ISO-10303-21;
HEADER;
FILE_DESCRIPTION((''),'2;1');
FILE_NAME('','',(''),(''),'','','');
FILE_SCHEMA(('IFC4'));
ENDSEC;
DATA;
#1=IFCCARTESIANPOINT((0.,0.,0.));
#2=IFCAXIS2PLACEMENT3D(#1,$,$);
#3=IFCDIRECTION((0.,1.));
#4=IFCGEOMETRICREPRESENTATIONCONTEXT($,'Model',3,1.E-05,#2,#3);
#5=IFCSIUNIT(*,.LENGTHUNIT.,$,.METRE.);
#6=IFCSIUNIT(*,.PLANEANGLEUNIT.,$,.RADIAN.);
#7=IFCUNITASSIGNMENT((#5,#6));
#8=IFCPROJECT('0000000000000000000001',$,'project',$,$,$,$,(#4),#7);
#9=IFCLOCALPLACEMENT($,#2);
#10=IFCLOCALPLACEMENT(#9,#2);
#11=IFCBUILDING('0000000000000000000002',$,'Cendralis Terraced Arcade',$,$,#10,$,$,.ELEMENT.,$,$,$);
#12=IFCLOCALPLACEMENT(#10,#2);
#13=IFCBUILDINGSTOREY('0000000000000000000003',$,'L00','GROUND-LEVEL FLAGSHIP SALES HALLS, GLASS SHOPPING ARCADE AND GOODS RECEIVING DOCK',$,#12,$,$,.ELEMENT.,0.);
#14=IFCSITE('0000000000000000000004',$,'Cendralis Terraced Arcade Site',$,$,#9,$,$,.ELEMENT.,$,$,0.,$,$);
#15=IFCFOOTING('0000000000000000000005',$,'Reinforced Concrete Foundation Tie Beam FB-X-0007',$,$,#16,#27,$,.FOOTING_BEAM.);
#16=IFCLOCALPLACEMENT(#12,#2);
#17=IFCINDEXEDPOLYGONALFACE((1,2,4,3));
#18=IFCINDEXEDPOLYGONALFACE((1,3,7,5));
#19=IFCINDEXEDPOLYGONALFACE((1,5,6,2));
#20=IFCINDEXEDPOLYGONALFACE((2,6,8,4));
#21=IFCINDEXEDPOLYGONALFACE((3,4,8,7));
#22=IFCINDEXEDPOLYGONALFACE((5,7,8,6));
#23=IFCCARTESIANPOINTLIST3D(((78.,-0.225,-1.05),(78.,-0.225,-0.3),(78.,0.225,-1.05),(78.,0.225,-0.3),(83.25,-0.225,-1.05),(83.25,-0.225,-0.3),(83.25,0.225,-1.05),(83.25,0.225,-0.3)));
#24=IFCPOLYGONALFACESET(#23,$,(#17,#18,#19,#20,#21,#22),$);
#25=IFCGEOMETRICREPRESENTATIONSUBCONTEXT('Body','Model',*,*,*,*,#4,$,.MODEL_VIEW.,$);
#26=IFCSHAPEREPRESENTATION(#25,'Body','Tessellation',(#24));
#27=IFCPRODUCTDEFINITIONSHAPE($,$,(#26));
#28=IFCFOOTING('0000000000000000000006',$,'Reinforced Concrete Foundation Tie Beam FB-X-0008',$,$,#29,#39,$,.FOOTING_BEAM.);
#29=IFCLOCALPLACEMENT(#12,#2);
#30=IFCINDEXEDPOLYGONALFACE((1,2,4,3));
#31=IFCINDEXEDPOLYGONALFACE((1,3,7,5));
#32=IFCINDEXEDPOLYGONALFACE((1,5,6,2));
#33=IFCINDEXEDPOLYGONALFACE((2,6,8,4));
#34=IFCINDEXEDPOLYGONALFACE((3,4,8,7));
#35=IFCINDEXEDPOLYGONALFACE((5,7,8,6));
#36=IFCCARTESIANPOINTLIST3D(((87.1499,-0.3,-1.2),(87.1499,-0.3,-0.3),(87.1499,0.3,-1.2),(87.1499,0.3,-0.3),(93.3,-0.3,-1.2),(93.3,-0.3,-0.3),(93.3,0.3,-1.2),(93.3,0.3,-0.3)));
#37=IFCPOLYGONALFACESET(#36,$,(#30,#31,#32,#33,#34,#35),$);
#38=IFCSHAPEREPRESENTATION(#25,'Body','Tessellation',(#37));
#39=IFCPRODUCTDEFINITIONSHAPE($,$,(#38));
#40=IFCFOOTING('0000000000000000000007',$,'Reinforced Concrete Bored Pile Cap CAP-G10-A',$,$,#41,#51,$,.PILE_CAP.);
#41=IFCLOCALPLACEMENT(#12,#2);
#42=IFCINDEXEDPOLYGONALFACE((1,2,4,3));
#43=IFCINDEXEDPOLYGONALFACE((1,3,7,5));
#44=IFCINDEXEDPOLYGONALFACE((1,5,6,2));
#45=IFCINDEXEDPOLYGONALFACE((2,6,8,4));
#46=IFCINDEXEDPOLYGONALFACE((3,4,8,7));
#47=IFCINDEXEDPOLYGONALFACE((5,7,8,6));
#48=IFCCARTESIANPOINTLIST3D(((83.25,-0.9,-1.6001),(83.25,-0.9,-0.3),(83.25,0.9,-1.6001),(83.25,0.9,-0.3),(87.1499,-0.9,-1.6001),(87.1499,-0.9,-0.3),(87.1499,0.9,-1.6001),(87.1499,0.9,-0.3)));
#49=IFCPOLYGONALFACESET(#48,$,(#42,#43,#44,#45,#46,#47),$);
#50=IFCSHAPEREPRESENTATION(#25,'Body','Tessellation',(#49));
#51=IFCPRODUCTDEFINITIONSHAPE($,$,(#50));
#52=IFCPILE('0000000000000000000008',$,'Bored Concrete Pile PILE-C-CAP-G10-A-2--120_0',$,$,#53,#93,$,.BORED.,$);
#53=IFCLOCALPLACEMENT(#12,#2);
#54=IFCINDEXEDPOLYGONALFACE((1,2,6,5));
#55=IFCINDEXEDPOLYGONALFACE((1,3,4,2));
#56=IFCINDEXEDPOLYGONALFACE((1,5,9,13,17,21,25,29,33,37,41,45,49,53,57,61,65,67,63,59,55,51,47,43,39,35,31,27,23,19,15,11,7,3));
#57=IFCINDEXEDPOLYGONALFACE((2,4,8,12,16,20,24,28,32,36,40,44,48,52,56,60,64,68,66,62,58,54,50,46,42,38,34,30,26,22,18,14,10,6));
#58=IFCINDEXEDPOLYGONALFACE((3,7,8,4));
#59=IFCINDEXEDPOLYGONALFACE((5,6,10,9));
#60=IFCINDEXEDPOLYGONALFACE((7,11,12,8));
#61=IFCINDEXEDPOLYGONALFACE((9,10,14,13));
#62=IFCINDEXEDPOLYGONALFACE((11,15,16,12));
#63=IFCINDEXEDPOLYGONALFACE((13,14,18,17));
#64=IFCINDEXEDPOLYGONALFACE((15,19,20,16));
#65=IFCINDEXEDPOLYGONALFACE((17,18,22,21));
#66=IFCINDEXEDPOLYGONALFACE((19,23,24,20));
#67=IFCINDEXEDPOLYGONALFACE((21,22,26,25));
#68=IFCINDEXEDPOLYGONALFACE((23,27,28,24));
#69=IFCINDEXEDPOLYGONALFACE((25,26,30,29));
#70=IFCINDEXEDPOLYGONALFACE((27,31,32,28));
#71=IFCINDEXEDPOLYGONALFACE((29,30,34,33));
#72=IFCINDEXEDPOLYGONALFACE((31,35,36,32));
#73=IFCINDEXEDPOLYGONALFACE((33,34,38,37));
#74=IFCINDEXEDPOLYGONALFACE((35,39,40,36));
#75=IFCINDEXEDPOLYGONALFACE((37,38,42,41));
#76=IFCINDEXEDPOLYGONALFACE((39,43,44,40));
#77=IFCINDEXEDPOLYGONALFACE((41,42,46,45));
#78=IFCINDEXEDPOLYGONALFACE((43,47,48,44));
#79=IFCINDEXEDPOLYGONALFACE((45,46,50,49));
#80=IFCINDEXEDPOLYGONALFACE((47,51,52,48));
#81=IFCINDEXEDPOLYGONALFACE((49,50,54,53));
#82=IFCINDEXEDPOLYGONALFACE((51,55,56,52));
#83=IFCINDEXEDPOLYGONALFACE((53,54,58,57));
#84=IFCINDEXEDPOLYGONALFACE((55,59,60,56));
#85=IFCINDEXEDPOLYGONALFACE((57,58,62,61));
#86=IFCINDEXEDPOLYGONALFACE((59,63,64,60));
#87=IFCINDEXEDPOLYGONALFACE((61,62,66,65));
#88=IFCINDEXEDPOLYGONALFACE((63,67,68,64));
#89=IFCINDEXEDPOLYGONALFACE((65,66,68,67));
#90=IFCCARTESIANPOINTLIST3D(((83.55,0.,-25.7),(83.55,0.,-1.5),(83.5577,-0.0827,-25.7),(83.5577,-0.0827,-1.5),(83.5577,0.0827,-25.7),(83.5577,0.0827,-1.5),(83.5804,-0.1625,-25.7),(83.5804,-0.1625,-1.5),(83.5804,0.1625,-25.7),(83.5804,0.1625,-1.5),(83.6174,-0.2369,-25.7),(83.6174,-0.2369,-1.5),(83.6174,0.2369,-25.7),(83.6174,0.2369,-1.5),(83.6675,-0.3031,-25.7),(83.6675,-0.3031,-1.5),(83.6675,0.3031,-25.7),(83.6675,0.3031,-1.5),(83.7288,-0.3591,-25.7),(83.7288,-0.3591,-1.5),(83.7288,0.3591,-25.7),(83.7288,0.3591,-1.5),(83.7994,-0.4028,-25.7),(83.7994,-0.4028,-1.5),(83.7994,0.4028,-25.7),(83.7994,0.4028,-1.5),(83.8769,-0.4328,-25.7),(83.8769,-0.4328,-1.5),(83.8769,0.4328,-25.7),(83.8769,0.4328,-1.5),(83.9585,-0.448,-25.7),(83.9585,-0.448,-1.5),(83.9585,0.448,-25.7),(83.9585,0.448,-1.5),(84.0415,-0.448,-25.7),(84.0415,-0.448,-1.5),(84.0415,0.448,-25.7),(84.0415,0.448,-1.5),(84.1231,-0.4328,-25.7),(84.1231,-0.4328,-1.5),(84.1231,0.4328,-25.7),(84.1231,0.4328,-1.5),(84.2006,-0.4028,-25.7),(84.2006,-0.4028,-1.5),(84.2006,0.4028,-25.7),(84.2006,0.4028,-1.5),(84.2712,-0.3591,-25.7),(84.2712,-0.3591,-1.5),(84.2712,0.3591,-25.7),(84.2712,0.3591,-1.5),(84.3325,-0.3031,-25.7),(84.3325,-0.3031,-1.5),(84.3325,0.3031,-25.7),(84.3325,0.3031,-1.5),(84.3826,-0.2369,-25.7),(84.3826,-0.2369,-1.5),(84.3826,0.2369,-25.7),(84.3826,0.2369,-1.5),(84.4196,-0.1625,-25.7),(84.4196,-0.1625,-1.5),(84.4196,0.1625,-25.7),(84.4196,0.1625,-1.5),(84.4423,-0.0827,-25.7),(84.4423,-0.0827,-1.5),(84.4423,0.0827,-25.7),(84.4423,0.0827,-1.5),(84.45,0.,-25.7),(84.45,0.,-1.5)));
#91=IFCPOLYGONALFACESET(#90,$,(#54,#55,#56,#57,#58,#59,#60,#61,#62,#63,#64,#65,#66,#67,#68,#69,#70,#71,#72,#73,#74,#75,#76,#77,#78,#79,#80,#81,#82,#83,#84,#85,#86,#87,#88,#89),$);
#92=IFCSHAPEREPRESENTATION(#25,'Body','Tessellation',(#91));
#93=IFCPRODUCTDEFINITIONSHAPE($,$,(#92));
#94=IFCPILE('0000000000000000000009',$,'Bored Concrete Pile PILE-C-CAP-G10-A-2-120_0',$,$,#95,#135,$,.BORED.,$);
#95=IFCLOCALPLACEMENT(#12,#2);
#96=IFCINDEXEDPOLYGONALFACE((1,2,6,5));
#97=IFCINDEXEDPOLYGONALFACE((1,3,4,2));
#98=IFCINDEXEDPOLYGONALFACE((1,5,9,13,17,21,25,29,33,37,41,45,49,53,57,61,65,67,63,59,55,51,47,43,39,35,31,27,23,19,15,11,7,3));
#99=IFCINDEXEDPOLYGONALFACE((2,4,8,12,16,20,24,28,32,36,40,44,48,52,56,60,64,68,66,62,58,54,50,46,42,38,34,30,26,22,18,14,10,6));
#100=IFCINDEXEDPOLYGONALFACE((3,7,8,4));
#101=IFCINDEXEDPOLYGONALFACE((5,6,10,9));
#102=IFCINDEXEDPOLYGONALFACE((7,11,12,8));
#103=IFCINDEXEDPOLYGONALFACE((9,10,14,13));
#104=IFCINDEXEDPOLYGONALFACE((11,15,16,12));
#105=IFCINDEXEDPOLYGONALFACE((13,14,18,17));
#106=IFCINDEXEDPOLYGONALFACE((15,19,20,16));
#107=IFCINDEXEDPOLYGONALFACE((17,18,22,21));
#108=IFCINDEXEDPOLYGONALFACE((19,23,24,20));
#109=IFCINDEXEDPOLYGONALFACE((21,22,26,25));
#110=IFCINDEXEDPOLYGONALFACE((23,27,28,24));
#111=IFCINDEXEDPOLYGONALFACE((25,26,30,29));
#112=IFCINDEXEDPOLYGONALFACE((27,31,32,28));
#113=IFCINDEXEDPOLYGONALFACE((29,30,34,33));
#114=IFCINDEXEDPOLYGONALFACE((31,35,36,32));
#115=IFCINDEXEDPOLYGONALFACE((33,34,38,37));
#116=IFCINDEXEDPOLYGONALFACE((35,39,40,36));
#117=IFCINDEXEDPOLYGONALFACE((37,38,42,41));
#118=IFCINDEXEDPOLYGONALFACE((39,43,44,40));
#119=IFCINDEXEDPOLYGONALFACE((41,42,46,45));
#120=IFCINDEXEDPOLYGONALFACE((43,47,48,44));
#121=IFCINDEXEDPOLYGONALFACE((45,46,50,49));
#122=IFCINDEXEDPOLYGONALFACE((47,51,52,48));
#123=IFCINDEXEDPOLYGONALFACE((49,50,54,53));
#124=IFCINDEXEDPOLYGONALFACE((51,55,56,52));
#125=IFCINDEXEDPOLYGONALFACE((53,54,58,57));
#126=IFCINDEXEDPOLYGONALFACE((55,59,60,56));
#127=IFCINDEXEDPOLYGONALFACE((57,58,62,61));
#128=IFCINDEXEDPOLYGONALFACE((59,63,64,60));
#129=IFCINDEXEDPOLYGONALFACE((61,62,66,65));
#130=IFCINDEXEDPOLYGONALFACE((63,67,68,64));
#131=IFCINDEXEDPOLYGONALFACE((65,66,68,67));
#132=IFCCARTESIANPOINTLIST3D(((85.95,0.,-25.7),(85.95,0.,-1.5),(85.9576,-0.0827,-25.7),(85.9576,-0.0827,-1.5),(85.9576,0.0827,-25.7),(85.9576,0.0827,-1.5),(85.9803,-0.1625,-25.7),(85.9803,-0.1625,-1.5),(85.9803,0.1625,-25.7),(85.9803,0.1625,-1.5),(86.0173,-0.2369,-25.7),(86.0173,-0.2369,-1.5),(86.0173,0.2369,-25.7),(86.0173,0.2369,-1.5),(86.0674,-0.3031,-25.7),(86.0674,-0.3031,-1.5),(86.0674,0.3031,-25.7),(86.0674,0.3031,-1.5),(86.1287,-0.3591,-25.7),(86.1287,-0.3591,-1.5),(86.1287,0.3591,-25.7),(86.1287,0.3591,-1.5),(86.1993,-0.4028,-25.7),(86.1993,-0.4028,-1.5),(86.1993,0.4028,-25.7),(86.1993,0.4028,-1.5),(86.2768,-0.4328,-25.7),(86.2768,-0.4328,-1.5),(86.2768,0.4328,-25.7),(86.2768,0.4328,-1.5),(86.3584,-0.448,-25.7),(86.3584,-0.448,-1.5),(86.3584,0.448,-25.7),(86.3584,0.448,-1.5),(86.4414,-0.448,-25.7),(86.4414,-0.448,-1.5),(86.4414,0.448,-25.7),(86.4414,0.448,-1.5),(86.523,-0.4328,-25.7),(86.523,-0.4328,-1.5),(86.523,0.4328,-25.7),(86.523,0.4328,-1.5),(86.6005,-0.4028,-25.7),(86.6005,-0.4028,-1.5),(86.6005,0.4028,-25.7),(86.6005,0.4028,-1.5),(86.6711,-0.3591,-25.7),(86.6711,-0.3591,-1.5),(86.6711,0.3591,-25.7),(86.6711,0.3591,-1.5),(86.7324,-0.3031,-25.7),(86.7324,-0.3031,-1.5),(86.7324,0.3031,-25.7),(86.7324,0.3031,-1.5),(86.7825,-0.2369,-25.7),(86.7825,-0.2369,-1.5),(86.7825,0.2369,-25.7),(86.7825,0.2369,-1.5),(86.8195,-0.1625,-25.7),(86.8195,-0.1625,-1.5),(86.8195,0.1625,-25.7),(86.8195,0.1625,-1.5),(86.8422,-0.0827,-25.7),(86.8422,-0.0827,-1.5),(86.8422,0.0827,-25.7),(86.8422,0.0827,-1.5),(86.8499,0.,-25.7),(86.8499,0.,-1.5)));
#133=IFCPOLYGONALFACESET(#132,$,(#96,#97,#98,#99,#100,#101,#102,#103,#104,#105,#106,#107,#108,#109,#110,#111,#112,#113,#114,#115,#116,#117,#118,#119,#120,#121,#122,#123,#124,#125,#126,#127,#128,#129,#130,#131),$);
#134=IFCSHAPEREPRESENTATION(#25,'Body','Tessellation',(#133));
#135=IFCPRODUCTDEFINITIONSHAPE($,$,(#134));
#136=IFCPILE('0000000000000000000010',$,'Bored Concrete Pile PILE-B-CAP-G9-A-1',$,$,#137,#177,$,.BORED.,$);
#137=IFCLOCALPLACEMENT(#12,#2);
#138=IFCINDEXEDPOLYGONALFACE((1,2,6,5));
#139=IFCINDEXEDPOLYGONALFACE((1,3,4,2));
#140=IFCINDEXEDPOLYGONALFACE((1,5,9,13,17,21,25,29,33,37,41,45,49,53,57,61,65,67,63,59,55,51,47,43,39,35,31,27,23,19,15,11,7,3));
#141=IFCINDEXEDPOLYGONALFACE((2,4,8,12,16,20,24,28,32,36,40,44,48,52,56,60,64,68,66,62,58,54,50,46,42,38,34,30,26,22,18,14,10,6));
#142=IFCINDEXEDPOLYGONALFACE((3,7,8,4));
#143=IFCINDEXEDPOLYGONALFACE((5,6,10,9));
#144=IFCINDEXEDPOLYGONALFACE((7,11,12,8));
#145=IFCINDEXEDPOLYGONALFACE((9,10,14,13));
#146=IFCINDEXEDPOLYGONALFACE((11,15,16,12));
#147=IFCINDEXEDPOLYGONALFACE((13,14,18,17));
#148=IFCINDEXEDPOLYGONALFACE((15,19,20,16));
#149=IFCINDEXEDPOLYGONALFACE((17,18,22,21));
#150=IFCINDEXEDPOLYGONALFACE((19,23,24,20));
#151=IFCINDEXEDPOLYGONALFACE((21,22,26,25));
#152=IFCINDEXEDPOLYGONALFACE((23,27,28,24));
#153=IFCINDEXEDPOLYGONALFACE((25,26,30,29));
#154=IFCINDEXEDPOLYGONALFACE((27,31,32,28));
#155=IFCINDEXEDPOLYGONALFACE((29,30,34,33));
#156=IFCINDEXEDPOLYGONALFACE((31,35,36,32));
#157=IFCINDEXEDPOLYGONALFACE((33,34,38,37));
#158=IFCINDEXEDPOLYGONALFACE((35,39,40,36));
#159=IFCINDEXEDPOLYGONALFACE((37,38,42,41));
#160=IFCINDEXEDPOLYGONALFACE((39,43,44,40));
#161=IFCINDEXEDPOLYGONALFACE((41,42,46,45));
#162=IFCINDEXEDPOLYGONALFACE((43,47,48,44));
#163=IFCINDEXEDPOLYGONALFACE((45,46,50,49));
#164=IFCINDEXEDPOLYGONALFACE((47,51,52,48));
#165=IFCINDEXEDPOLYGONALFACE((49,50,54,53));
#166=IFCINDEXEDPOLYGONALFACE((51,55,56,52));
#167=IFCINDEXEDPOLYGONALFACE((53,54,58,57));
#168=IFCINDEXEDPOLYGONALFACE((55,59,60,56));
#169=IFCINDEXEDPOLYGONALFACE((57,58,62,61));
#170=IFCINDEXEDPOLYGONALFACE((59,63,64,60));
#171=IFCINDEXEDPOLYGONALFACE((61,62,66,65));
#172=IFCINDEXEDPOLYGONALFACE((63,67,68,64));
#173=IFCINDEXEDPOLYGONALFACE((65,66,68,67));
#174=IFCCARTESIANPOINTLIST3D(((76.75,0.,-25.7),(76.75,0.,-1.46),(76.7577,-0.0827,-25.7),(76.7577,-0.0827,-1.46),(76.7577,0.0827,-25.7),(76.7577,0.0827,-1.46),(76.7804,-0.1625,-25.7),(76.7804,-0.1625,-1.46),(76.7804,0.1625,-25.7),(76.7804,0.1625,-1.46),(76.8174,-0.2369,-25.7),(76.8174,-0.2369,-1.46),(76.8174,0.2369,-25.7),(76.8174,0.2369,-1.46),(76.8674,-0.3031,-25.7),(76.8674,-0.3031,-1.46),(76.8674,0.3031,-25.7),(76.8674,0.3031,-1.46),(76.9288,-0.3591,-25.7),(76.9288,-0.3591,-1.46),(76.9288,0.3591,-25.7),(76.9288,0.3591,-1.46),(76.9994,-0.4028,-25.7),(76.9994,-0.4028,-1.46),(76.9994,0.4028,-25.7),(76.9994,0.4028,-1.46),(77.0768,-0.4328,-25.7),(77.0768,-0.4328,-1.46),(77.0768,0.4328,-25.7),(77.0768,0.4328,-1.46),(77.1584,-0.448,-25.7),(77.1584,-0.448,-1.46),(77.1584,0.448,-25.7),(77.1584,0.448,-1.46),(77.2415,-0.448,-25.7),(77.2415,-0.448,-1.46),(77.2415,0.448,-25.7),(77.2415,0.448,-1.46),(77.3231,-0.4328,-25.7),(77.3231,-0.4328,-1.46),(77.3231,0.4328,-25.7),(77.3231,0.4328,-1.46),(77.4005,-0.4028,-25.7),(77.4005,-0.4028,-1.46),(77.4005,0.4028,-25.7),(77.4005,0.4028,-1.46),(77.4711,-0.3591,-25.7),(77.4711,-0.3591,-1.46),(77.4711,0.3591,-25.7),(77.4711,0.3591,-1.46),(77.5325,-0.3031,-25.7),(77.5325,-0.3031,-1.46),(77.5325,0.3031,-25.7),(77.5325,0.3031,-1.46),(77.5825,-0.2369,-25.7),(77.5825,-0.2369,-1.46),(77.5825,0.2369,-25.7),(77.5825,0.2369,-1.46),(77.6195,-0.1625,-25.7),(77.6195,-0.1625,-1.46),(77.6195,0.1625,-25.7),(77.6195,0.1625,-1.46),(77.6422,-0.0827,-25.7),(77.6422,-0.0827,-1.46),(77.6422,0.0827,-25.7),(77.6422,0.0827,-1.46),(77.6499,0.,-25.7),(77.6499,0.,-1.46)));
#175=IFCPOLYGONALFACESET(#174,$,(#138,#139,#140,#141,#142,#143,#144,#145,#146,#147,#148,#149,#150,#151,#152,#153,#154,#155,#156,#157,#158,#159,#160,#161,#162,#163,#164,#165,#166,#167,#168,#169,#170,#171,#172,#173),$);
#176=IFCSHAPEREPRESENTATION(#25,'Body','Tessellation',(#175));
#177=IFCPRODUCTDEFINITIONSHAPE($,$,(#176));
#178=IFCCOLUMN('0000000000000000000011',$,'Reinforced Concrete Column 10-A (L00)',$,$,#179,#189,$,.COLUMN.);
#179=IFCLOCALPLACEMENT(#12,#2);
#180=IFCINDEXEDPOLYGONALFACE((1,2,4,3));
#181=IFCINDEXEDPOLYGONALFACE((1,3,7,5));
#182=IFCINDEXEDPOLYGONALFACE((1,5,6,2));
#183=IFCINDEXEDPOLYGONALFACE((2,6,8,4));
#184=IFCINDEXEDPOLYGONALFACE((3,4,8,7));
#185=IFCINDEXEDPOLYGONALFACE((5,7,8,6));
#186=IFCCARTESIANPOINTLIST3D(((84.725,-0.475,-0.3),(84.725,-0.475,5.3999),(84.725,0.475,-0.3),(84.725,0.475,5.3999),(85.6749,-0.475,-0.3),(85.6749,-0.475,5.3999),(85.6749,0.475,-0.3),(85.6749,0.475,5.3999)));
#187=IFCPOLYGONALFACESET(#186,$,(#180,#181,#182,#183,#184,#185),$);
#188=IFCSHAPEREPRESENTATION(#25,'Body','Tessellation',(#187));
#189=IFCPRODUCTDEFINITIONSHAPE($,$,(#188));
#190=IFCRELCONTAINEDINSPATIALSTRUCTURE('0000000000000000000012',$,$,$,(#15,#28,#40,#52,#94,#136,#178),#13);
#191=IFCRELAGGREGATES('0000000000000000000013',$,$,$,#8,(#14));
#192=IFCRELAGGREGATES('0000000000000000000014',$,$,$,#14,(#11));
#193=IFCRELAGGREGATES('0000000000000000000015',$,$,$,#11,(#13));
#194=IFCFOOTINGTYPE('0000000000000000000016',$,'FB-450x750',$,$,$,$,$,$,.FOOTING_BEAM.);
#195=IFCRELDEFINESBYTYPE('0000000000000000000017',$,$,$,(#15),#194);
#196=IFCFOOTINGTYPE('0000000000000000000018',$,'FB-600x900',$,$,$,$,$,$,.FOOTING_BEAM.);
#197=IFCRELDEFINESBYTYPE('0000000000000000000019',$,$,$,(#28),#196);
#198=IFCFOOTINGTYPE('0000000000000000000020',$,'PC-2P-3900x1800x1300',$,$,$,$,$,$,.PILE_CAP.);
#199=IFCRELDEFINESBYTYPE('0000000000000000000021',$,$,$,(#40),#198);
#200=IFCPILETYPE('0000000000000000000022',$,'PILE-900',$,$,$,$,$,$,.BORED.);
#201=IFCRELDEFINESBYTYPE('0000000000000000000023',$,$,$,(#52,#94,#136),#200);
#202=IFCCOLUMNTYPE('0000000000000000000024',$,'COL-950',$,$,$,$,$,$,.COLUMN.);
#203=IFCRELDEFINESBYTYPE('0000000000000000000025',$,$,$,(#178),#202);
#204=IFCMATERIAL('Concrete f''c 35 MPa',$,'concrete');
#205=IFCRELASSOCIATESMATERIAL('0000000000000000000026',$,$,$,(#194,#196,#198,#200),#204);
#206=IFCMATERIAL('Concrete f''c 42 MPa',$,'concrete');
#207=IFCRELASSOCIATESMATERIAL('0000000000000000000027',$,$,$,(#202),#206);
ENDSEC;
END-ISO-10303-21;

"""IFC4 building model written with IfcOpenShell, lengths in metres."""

from ifc_helpers import new_model, si_unit, direction, frame, origin, origin_2d, place, context, subcontext, project, spatial, rectangle, circle, extrude, material, material_profile, profile_set, type_object, element, save


model = new_model("IFC4")

# Units and contexts
model_context = context("Model", 3, precision=1e-05, world=origin(), true_north=direction((0.0, 1.0)))
body_context = subcontext(model_context, "Body", "Model", "MODEL_VIEW")
ifc_project = project(units=[si_unit("LENGTHUNIT", "METRE"), si_unit("PLANEANGLEUNIT", "RADIAN")], contexts=[model_context])

# Site, building, storey
site_placement = place(None, origin())
site = spatial("IfcSite", under=ifc_project, at=site_placement, Name="Cendralis Terraced Arcade Site", CompositionType="ELEMENT", RefElevation=0.0)
building_placement = place(site_placement, origin())
building = spatial("IfcBuilding", under=site, at=building_placement, Name="Cendralis Terraced Arcade", CompositionType="ELEMENT")
storey_placement = place(building_placement, origin())
storey = spatial("IfcBuildingStorey", under=building, at=storey_placement, Name="L00", Description="GROUND-LEVEL FLAGSHIP SALES HALLS, GLASS SHOPPING ARCADE AND GOODS RECEIVING DOCK", CompositionType="ELEMENT", Elevation=0.0)

# Footings
ifc_material_1 = material(Name="Concrete f'c 35 MPa", Category="concrete")
ifc_material_profile_1 = material_profile(ifc_material_1, rectangle(XDim=0.45, YDim=0.75, at=origin_2d()), Name="FB-450x750", Category="LoadBearing")
ifc_profile_set_1 = profile_set([ifc_material_profile_1], Name="Concrete f'c 35 MPa")
footing_type_1 = type_object("IfcFootingType", Name="FB-450x750", PredefinedType="FOOTING_BEAM", material=ifc_profile_set_1)
footing_1_placement = place(storey_placement, frame((78.0, 0.0, -0.675), z_axis=(1.0, 0.0, 0.0), x_axis=(0.0, 1.0, 0.0)))
element("IfcFooting", 1, at=footing_1_placement, inside=storey, type_object=footing_type_1, Name="Reinforced Concrete Foundation Tie Beam FB-X-0007", PredefinedType="FOOTING_BEAM", context=body_context, shape_type="SweptSolid", body=[
    extrude(rectangle(XDim=0.45, YDim=0.75, at=origin_2d()), origin(), (0.0, 0.0, 1.0), 5.25),
])
ifc_material_profile_2 = material_profile(ifc_material_1, rectangle(XDim=0.6001, YDim=0.8999, at=origin_2d()), Name="FB-600x900", Category="LoadBearing")
ifc_profile_set_2 = profile_set([ifc_material_profile_2], Name="Concrete f'c 35 MPa")
footing_type_2 = type_object("IfcFootingType", Name="FB-600x900", PredefinedType="FOOTING_BEAM", material=ifc_profile_set_2)
footing_2_placement = place(storey_placement, frame((87.1499, 0.0, -0.75), z_axis=(1.0, 0.0, 0.0), x_axis=(0.0, 1.0, 0.0)))
element("IfcFooting", 2, at=footing_2_placement, inside=storey, type_object=footing_type_2, Name="Reinforced Concrete Foundation Tie Beam FB-X-0008", PredefinedType="FOOTING_BEAM", context=body_context, shape_type="SweptSolid", body=[
    extrude(rectangle(XDim=0.6001, YDim=0.8999, at=origin_2d()), origin(), (0.0, 0.0, 1.0), 6.1501),
])
footing_type_3 = type_object("IfcFootingType", Name="PC-2P-3900x1800x1300", PredefinedType="PILE_CAP", material=ifc_material_1)
footing_3_placement = place(storey_placement, frame((85.2, 0.0, -1.6001), z_axis=(0.0, 0.0, 1.0), x_axis=(1.0, 0.0, 0.0)))
element("IfcFooting", 3, at=footing_3_placement, inside=storey, type_object=footing_type_3, Name="Reinforced Concrete Bored Pile Cap CAP-G10-A", PredefinedType="PILE_CAP", context=body_context, shape_type="SweptSolid", body=[
    extrude(rectangle(XDim=3.8999, YDim=1.8, at=origin_2d()), origin(), (0.0, 0.0, 1.0), 1.3),
])

# Piles
ifc_material_profile_3 = material_profile(ifc_material_1, circle(Radius=0.45, at=origin_2d()), Name="PILE-D900", Category="LoadBearing")
ifc_profile_set_3 = profile_set([ifc_material_profile_3], Name="Concrete f'c 35 MPa")
pile_type = type_object("IfcPileType", Name="PILE-900", PredefinedType="BORED", material=ifc_profile_set_3)
for number, where, z_axis, x_axis, name in (
    (4, (84.0, 0.0, -1.5), (0.0, 0.0, -1.0), (1.0, 0.0, 0.0), "Bored Concrete Pile PILE-C-CAP-G10-A-2--120_0"),
    (5, (86.3999, 0.0, -1.5), (0.0, 0.0, -1.0), (1.0, 0.0, 0.0), "Bored Concrete Pile PILE-C-CAP-G10-A-2-120_0"),
):
    element("IfcPile", number, at=place(storey_placement, frame(where, z_axis=z_axis, x_axis=x_axis)), inside=storey, type_object=pile_type, Name=name, PredefinedType="BORED", context=body_context, shape_type="SweptSolid", body=[
        extrude(circle(Radius=0.45, at=origin_2d()), origin(), (0.0, 0.0, 1.0), 24.2),
    ])
pile_placement = place(storey_placement, frame((77.2, 0.0, -1.46), z_axis=(0.0, 0.0, -1.0), x_axis=(1.0, 0.0, 0.0)))
element("IfcPile", 6, at=pile_placement, inside=storey, type_object=pile_type, Name="Bored Concrete Pile PILE-B-CAP-G9-A-1", PredefinedType="BORED", context=body_context, shape_type="SweptSolid", body=[
    extrude(circle(Radius=0.45, at=origin_2d()), origin(), (0.0, 0.0, 1.0), 24.24),
])

# Column
ifc_material_2 = material(Name="Concrete f'c 42 MPa", Category="concrete")
ifc_material_profile_4 = material_profile(ifc_material_2, rectangle(XDim=0.95, YDim=0.95, at=origin_2d()), Name="RC-COL-950x950", Category="LoadBearing")
ifc_profile_set_4 = profile_set([ifc_material_profile_4], Name="Concrete f'c 42 MPa")
column_type = type_object("IfcColumnType", Name="COL-950", PredefinedType="COLUMN", material=ifc_profile_set_4)
column_placement = place(storey_placement, frame((85.2, 0.0, -0.3), z_axis=(0.0, 0.0, 1.0), x_axis=(1.0, 0.0, 0.0)))
element("IfcColumn", 7, at=column_placement, inside=storey, type_object=column_type, Name="Reinforced Concrete Column 10-A (L00)", PredefinedType="COLUMN", context=body_context, shape_type="SweptSolid", body=[
    extrude(rectangle(XDim=0.95, YDim=0.95, at=origin_2d()), origin(), (0.0, 0.0, 1.0), 5.7),
])

save(model, "model.ifc")
